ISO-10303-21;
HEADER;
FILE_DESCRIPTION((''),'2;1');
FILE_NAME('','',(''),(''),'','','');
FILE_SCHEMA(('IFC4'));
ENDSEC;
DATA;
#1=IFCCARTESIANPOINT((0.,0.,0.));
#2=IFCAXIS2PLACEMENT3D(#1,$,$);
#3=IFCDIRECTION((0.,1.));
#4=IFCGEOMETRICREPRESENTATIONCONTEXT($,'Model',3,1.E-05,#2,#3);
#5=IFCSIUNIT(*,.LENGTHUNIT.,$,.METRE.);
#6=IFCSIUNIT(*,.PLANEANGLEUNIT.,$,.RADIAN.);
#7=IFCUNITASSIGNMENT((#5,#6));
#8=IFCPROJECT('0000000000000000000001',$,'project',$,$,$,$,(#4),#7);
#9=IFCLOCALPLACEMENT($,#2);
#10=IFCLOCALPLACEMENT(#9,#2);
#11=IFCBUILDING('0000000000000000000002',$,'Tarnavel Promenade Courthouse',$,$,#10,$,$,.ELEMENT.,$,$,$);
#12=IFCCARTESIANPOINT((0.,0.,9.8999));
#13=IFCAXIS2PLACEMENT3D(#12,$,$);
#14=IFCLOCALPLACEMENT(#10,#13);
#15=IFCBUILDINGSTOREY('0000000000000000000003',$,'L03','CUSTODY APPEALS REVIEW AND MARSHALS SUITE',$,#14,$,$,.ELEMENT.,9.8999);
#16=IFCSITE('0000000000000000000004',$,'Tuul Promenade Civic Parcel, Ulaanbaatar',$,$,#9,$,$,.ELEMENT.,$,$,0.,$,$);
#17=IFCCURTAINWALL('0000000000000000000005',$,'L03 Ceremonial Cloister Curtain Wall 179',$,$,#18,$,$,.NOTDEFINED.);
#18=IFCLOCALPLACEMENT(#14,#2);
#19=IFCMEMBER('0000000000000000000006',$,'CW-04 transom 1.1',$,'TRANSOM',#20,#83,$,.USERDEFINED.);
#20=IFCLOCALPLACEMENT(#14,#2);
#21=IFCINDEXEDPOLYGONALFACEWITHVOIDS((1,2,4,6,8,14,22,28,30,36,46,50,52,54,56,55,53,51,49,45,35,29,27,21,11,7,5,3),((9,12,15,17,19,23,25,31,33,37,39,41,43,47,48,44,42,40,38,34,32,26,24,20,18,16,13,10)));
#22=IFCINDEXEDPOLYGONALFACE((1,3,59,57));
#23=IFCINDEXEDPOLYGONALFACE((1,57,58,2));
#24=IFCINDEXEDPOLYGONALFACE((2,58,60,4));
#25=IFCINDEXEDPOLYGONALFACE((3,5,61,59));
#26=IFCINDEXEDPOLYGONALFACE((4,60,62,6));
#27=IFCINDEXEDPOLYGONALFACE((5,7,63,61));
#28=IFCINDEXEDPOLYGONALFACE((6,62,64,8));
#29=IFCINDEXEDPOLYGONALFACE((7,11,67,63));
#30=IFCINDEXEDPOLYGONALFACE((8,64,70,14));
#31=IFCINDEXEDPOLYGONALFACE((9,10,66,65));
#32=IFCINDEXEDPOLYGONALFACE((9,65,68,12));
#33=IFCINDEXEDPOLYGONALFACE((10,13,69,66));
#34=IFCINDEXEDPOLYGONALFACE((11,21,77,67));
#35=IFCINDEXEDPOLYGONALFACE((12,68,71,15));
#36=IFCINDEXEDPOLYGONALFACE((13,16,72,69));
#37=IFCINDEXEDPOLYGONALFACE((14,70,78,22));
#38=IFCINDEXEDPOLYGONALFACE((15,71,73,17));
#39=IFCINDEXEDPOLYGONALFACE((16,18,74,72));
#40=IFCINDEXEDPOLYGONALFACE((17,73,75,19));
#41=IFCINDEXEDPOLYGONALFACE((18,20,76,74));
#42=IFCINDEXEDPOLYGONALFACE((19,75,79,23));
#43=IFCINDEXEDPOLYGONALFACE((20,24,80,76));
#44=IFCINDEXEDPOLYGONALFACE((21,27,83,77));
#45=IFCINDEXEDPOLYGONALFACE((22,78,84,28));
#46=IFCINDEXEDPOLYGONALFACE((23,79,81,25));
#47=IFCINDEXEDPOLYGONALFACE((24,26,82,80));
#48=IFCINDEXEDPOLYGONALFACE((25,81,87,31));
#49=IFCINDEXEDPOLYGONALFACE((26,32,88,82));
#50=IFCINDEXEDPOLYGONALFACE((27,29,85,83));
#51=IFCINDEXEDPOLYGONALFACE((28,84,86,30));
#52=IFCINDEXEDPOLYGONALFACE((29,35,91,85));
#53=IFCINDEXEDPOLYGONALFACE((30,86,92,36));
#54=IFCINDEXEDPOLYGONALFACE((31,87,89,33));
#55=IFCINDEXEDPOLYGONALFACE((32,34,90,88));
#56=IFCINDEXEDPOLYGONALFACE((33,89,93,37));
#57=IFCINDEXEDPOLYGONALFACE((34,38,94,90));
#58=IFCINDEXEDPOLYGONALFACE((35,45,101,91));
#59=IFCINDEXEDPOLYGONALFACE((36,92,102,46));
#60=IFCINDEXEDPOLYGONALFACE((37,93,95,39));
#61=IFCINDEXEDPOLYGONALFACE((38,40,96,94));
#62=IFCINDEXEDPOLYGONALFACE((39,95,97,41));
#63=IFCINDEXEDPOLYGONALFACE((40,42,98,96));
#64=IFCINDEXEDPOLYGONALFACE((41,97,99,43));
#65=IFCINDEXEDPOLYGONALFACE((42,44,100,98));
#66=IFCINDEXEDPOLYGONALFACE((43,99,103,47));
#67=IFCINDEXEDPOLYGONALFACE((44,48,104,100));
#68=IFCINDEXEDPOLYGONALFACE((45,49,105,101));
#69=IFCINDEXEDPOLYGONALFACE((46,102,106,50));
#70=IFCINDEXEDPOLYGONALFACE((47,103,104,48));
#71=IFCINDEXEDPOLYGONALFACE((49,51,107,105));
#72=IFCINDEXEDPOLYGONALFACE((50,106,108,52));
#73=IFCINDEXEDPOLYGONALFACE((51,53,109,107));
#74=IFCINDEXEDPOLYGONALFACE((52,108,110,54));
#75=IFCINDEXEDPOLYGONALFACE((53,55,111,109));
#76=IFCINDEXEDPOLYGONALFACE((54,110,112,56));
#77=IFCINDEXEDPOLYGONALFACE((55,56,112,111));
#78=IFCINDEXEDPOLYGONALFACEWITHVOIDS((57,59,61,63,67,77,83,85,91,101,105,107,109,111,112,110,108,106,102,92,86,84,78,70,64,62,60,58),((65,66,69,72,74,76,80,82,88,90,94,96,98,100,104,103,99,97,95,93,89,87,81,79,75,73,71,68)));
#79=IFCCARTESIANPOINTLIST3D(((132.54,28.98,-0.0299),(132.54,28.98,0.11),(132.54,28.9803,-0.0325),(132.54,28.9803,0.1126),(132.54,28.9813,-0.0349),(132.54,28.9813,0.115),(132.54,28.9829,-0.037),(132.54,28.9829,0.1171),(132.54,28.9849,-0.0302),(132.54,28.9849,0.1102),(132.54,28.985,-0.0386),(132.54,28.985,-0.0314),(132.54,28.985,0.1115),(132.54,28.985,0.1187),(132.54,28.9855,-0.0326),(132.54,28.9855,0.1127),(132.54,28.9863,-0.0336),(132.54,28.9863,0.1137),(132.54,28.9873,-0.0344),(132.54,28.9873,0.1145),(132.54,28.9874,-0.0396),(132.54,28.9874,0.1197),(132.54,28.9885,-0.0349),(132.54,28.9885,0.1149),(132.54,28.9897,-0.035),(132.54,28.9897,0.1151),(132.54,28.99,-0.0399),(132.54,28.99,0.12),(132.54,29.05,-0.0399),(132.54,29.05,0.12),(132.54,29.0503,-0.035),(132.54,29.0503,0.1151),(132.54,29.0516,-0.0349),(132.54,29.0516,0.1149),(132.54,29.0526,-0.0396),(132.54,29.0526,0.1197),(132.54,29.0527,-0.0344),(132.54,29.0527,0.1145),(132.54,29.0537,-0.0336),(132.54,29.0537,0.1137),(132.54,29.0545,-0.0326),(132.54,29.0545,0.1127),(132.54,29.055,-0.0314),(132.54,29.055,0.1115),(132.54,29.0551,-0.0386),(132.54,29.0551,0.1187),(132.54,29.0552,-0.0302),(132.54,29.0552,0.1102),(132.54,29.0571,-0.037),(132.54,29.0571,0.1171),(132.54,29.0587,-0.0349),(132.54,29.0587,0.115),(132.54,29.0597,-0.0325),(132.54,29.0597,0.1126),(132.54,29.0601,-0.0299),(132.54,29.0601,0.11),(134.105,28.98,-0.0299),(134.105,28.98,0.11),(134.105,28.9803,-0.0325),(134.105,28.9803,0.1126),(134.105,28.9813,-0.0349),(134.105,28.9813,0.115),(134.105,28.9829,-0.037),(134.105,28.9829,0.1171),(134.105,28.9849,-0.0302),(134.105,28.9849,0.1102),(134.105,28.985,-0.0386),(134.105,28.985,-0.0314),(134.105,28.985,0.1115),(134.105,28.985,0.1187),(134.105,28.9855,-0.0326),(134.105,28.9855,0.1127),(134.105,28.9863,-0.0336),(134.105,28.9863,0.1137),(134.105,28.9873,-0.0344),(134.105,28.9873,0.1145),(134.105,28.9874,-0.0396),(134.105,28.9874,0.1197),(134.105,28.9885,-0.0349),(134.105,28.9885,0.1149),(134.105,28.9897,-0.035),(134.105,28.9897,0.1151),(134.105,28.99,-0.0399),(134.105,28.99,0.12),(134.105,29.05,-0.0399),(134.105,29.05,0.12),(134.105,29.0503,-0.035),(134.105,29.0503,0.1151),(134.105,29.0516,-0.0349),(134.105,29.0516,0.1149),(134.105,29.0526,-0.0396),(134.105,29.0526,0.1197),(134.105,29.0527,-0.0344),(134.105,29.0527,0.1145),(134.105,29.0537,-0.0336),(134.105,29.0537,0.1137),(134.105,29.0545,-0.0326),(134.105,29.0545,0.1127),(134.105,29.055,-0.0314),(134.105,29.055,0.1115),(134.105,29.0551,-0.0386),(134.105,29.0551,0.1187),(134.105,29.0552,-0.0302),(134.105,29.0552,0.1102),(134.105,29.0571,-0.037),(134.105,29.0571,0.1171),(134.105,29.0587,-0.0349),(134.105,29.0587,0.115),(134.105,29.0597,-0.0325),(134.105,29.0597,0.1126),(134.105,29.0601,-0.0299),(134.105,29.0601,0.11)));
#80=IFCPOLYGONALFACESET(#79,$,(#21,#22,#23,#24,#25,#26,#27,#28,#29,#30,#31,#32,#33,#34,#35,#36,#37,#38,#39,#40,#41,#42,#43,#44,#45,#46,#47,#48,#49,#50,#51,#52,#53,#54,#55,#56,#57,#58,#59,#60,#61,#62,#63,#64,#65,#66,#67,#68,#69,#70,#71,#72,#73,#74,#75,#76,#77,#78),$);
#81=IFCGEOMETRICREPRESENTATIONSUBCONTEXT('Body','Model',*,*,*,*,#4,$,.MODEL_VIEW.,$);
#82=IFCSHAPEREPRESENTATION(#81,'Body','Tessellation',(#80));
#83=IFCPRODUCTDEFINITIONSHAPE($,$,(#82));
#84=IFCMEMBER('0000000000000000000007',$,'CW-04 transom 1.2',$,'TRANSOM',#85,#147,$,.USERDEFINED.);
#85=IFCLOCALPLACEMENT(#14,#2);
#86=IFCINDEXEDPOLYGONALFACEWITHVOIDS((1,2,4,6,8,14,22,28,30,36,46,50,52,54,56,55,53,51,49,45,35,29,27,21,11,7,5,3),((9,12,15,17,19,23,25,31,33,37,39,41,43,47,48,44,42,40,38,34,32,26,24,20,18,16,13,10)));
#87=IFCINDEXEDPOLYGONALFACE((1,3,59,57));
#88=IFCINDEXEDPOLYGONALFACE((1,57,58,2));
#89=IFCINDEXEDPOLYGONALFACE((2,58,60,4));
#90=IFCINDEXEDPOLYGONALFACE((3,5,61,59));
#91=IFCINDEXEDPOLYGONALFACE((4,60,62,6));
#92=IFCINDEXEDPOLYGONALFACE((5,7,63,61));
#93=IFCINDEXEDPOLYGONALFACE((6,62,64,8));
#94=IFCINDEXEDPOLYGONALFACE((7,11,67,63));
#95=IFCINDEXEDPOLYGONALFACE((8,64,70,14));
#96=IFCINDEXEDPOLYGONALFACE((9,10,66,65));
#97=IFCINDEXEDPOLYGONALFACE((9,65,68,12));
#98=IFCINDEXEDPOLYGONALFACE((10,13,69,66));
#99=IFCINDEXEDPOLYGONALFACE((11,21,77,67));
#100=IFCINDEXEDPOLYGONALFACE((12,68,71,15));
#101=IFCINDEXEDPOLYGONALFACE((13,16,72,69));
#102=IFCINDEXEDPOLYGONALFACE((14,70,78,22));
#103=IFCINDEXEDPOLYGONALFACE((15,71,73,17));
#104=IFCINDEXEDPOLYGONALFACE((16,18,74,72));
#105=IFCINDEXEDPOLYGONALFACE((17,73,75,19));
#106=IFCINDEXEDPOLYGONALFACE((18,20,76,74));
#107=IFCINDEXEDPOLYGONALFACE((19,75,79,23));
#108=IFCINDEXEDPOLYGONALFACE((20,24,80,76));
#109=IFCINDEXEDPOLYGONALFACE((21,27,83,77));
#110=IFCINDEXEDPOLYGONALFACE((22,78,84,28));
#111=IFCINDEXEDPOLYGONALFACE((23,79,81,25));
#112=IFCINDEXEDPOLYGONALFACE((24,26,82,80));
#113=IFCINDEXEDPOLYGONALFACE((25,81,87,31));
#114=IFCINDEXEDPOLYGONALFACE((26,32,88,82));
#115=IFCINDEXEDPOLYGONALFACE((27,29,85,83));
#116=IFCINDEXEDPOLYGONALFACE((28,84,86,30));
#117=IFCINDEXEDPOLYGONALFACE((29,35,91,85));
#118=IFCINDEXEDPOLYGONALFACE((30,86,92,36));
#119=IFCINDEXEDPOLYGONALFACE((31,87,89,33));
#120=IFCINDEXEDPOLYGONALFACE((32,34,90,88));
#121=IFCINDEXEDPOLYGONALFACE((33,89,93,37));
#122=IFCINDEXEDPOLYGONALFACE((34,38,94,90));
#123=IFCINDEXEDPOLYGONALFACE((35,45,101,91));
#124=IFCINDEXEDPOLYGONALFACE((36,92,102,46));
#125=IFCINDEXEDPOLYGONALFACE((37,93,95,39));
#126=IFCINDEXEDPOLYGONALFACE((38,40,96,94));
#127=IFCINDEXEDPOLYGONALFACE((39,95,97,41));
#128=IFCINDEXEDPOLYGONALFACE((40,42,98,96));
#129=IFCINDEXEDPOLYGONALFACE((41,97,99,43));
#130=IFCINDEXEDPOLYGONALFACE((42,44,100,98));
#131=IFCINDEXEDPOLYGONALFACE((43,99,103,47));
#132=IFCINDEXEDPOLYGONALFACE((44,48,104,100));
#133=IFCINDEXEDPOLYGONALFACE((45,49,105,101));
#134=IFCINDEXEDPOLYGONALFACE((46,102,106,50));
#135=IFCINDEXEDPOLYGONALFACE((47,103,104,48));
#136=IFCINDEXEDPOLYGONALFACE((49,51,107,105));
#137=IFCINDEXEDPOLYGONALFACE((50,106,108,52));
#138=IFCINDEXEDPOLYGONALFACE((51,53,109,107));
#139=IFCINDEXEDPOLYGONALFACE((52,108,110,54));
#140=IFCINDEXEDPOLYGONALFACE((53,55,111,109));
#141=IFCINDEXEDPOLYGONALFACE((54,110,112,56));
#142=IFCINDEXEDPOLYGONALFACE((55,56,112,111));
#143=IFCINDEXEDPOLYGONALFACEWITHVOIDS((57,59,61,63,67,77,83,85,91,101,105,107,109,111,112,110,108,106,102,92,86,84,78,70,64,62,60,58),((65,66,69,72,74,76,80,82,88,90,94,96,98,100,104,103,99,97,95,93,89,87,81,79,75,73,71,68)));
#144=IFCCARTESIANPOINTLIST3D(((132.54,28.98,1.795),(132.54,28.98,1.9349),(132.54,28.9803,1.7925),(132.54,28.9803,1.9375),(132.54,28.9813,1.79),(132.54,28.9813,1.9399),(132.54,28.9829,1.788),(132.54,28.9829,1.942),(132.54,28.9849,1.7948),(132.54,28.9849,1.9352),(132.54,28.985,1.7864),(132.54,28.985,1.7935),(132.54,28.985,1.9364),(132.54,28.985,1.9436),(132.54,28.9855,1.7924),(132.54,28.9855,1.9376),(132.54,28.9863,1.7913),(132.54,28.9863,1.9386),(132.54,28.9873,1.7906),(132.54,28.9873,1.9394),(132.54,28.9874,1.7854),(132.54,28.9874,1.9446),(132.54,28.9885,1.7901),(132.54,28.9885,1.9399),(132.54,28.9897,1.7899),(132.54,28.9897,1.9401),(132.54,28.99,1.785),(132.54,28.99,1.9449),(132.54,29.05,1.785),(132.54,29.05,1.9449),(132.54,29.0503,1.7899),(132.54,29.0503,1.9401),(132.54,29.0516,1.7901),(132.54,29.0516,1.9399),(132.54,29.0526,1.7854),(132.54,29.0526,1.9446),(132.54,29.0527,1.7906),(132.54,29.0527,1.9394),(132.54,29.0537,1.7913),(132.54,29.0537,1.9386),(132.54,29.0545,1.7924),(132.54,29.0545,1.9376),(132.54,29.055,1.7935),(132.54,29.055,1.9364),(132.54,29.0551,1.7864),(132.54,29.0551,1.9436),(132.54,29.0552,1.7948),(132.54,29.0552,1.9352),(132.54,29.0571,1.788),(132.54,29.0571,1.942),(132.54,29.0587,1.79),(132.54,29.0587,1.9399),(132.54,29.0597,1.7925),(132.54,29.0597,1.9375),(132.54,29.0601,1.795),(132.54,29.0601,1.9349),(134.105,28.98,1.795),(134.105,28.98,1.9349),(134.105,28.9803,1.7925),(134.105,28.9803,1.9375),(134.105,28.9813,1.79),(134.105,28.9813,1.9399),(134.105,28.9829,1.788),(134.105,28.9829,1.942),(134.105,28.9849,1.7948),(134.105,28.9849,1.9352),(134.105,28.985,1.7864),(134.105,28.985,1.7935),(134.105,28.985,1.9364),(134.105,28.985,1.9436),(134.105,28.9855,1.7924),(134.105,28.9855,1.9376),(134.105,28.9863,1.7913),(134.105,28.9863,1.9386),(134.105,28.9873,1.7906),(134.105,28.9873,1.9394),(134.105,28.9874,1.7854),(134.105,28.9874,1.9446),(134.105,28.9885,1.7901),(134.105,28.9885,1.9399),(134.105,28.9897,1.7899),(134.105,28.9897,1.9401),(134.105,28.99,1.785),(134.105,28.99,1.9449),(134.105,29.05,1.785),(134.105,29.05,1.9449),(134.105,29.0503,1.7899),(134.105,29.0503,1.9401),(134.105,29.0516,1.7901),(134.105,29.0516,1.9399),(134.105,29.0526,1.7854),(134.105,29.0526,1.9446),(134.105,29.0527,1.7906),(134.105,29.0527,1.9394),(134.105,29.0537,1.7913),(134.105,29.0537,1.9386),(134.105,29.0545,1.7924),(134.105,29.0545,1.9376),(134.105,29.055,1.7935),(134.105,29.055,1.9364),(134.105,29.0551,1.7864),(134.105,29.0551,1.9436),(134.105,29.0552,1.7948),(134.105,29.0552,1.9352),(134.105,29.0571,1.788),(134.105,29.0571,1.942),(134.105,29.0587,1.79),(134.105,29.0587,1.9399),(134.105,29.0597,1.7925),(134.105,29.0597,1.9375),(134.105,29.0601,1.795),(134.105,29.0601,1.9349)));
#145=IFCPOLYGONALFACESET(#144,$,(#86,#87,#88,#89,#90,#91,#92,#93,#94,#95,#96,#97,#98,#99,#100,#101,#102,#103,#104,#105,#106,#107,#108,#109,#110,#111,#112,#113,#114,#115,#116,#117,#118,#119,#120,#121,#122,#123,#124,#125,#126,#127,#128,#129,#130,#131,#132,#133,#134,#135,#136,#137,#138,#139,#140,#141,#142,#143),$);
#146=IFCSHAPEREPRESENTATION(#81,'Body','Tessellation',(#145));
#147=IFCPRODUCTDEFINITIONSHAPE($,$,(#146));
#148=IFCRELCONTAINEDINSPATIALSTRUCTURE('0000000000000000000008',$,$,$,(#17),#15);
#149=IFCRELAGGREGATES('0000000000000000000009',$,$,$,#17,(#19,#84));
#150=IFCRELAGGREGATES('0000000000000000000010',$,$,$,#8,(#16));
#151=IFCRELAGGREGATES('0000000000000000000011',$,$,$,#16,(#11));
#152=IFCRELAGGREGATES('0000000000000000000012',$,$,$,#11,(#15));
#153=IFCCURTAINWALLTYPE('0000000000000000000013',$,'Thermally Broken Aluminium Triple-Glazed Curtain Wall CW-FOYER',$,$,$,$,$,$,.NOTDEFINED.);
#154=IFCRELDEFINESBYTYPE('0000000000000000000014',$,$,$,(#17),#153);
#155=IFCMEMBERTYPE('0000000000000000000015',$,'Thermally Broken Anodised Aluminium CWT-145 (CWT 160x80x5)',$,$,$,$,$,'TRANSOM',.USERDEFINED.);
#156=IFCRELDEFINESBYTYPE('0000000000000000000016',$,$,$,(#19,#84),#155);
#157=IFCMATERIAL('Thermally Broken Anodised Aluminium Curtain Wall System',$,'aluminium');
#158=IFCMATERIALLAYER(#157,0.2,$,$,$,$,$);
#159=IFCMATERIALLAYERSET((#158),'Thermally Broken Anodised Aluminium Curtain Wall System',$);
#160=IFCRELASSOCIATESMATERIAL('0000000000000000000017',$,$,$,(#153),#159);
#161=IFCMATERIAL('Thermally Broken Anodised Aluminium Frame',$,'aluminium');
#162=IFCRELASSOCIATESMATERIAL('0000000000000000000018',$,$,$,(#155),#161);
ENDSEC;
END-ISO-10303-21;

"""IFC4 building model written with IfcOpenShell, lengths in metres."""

from ifc_helpers import new_model, si_unit, direction, frame, origin, origin_2d, place, context, subcontext, project, spatial, hollow_rectangle, extrude, material, layer, layer_set, material_profile, profile_set, type_object, element, aggregate, save


model = new_model("IFC4")

# Units and contexts
model_context = context("Model", 3, precision=1e-05, world=origin(), true_north=direction((0.0, 1.0)))
body_context = subcontext(model_context, "Body", "Model", "MODEL_VIEW")
ifc_project = project(units=[si_unit("LENGTHUNIT", "METRE"), si_unit("PLANEANGLEUNIT", "RADIAN")], contexts=[model_context])

# Site, building, storey
site_placement = place(None, origin())
site = spatial("IfcSite", under=ifc_project, at=site_placement, Name="Tuul Promenade Civic Parcel, Ulaanbaatar", CompositionType="ELEMENT", RefElevation=0.0)
building_placement = place(site_placement, origin())
building = spatial("IfcBuilding", under=site, at=building_placement, Name="Tarnavel Promenade Courthouse", CompositionType="ELEMENT")
storey_placement = place(building_placement, frame((0.0, 0.0, 9.8999)))
storey = spatial("IfcBuildingStorey", under=building, at=storey_placement, Name="L03", Description="CUSTODY APPEALS REVIEW AND MARSHALS SUITE", CompositionType="ELEMENT", Elevation=9.8999)

# Shared definitions
ifc_material_1 = material(Name="Thermally Broken Anodised Aluminium Curtain Wall System", Category="aluminium")
ifc_layer_1 = layer(ifc_material_1, 0.2)
ifc_layer_set_1 = layer_set([ifc_layer_1], Name="Thermally Broken Anodised Aluminium Curtain Wall System")
curtain_wall_type = type_object("IfcCurtainWallType", Name="Thermally Broken Aluminium Triple-Glazed Curtain Wall CW-FOYER", PredefinedType="NOTDEFINED", material=ifc_layer_set_1)
ifc_material_2 = material(Name="Thermally Broken Anodised Aluminium Frame", Category="aluminium")

# Curtain wall
curtain_wall_1_placement = place(storey_placement, origin())
curtain_wall_1 = element("IfcCurtainWall", 1, at=curtain_wall_1_placement, inside=storey, type_object=curtain_wall_type, Name="L03 Ceremonial Cloister Curtain Wall 179", PredefinedType="NOTDEFINED")

# Members
ifc_material_profile_1 = material_profile(ifc_material_2, hollow_rectangle(XDim=0.0801, YDim=0.1599, WallThickness=0.0049, InnerFilletRadius=0.0049, OuterFilletRadius=0.01, at=origin_2d()), Name="CWT 160x80x5")
ifc_profile_set_1 = profile_set([ifc_material_profile_1], Name="Thermally Broken Anodised Aluminium Frame")
member_type_1 = type_object("IfcMemberType", Name="Thermally Broken Anodised Aluminium CWT-145 (CWT 160x80x5)", ElementType="TRANSOM", PredefinedType="USERDEFINED", material=ifc_profile_set_1)
member_1_placement = place(storey_placement, frame((132.54, 29.02, 0.04), z_axis=(1.0, 0.0, 0.0), x_axis=(0.0, 1.0, 0.0)))
member_1 = element("IfcMember", 2, at=member_1_placement, type_object=member_type_1, Name="CW-04 transom 1.1", ObjectType="TRANSOM", PredefinedType="USERDEFINED", context=body_context, shape_type="SweptSolid", body=[
    extrude(hollow_rectangle(XDim=0.0801, YDim=0.1599, WallThickness=0.0049, InnerFilletRadius=0.0049, OuterFilletRadius=0.01, at=origin_2d()), origin(), (0.0, 0.0, 1.0), 1.5649),
])
member_2_placement = place(storey_placement, frame((132.54, 29.02, 1.865), z_axis=(1.0, 0.0, 0.0), x_axis=(0.0, 1.0, 0.0)))
member_2 = element("IfcMember", 3, at=member_2_placement, type_object=member_type_1, Name="CW-04 transom 1.2", ObjectType="TRANSOM", PredefinedType="USERDEFINED", context=body_context, shape_type="SweptSolid", body=[
    extrude(hollow_rectangle(XDim=0.0801, YDim=0.1599, WallThickness=0.0049, InnerFilletRadius=0.0049, OuterFilletRadius=0.01, at=origin_2d()), origin(), (0.0, 0.0, 1.0), 1.5649),
])

aggregate(curtain_wall_1, [member_1, member_2])

save(model, "model.ifc")
